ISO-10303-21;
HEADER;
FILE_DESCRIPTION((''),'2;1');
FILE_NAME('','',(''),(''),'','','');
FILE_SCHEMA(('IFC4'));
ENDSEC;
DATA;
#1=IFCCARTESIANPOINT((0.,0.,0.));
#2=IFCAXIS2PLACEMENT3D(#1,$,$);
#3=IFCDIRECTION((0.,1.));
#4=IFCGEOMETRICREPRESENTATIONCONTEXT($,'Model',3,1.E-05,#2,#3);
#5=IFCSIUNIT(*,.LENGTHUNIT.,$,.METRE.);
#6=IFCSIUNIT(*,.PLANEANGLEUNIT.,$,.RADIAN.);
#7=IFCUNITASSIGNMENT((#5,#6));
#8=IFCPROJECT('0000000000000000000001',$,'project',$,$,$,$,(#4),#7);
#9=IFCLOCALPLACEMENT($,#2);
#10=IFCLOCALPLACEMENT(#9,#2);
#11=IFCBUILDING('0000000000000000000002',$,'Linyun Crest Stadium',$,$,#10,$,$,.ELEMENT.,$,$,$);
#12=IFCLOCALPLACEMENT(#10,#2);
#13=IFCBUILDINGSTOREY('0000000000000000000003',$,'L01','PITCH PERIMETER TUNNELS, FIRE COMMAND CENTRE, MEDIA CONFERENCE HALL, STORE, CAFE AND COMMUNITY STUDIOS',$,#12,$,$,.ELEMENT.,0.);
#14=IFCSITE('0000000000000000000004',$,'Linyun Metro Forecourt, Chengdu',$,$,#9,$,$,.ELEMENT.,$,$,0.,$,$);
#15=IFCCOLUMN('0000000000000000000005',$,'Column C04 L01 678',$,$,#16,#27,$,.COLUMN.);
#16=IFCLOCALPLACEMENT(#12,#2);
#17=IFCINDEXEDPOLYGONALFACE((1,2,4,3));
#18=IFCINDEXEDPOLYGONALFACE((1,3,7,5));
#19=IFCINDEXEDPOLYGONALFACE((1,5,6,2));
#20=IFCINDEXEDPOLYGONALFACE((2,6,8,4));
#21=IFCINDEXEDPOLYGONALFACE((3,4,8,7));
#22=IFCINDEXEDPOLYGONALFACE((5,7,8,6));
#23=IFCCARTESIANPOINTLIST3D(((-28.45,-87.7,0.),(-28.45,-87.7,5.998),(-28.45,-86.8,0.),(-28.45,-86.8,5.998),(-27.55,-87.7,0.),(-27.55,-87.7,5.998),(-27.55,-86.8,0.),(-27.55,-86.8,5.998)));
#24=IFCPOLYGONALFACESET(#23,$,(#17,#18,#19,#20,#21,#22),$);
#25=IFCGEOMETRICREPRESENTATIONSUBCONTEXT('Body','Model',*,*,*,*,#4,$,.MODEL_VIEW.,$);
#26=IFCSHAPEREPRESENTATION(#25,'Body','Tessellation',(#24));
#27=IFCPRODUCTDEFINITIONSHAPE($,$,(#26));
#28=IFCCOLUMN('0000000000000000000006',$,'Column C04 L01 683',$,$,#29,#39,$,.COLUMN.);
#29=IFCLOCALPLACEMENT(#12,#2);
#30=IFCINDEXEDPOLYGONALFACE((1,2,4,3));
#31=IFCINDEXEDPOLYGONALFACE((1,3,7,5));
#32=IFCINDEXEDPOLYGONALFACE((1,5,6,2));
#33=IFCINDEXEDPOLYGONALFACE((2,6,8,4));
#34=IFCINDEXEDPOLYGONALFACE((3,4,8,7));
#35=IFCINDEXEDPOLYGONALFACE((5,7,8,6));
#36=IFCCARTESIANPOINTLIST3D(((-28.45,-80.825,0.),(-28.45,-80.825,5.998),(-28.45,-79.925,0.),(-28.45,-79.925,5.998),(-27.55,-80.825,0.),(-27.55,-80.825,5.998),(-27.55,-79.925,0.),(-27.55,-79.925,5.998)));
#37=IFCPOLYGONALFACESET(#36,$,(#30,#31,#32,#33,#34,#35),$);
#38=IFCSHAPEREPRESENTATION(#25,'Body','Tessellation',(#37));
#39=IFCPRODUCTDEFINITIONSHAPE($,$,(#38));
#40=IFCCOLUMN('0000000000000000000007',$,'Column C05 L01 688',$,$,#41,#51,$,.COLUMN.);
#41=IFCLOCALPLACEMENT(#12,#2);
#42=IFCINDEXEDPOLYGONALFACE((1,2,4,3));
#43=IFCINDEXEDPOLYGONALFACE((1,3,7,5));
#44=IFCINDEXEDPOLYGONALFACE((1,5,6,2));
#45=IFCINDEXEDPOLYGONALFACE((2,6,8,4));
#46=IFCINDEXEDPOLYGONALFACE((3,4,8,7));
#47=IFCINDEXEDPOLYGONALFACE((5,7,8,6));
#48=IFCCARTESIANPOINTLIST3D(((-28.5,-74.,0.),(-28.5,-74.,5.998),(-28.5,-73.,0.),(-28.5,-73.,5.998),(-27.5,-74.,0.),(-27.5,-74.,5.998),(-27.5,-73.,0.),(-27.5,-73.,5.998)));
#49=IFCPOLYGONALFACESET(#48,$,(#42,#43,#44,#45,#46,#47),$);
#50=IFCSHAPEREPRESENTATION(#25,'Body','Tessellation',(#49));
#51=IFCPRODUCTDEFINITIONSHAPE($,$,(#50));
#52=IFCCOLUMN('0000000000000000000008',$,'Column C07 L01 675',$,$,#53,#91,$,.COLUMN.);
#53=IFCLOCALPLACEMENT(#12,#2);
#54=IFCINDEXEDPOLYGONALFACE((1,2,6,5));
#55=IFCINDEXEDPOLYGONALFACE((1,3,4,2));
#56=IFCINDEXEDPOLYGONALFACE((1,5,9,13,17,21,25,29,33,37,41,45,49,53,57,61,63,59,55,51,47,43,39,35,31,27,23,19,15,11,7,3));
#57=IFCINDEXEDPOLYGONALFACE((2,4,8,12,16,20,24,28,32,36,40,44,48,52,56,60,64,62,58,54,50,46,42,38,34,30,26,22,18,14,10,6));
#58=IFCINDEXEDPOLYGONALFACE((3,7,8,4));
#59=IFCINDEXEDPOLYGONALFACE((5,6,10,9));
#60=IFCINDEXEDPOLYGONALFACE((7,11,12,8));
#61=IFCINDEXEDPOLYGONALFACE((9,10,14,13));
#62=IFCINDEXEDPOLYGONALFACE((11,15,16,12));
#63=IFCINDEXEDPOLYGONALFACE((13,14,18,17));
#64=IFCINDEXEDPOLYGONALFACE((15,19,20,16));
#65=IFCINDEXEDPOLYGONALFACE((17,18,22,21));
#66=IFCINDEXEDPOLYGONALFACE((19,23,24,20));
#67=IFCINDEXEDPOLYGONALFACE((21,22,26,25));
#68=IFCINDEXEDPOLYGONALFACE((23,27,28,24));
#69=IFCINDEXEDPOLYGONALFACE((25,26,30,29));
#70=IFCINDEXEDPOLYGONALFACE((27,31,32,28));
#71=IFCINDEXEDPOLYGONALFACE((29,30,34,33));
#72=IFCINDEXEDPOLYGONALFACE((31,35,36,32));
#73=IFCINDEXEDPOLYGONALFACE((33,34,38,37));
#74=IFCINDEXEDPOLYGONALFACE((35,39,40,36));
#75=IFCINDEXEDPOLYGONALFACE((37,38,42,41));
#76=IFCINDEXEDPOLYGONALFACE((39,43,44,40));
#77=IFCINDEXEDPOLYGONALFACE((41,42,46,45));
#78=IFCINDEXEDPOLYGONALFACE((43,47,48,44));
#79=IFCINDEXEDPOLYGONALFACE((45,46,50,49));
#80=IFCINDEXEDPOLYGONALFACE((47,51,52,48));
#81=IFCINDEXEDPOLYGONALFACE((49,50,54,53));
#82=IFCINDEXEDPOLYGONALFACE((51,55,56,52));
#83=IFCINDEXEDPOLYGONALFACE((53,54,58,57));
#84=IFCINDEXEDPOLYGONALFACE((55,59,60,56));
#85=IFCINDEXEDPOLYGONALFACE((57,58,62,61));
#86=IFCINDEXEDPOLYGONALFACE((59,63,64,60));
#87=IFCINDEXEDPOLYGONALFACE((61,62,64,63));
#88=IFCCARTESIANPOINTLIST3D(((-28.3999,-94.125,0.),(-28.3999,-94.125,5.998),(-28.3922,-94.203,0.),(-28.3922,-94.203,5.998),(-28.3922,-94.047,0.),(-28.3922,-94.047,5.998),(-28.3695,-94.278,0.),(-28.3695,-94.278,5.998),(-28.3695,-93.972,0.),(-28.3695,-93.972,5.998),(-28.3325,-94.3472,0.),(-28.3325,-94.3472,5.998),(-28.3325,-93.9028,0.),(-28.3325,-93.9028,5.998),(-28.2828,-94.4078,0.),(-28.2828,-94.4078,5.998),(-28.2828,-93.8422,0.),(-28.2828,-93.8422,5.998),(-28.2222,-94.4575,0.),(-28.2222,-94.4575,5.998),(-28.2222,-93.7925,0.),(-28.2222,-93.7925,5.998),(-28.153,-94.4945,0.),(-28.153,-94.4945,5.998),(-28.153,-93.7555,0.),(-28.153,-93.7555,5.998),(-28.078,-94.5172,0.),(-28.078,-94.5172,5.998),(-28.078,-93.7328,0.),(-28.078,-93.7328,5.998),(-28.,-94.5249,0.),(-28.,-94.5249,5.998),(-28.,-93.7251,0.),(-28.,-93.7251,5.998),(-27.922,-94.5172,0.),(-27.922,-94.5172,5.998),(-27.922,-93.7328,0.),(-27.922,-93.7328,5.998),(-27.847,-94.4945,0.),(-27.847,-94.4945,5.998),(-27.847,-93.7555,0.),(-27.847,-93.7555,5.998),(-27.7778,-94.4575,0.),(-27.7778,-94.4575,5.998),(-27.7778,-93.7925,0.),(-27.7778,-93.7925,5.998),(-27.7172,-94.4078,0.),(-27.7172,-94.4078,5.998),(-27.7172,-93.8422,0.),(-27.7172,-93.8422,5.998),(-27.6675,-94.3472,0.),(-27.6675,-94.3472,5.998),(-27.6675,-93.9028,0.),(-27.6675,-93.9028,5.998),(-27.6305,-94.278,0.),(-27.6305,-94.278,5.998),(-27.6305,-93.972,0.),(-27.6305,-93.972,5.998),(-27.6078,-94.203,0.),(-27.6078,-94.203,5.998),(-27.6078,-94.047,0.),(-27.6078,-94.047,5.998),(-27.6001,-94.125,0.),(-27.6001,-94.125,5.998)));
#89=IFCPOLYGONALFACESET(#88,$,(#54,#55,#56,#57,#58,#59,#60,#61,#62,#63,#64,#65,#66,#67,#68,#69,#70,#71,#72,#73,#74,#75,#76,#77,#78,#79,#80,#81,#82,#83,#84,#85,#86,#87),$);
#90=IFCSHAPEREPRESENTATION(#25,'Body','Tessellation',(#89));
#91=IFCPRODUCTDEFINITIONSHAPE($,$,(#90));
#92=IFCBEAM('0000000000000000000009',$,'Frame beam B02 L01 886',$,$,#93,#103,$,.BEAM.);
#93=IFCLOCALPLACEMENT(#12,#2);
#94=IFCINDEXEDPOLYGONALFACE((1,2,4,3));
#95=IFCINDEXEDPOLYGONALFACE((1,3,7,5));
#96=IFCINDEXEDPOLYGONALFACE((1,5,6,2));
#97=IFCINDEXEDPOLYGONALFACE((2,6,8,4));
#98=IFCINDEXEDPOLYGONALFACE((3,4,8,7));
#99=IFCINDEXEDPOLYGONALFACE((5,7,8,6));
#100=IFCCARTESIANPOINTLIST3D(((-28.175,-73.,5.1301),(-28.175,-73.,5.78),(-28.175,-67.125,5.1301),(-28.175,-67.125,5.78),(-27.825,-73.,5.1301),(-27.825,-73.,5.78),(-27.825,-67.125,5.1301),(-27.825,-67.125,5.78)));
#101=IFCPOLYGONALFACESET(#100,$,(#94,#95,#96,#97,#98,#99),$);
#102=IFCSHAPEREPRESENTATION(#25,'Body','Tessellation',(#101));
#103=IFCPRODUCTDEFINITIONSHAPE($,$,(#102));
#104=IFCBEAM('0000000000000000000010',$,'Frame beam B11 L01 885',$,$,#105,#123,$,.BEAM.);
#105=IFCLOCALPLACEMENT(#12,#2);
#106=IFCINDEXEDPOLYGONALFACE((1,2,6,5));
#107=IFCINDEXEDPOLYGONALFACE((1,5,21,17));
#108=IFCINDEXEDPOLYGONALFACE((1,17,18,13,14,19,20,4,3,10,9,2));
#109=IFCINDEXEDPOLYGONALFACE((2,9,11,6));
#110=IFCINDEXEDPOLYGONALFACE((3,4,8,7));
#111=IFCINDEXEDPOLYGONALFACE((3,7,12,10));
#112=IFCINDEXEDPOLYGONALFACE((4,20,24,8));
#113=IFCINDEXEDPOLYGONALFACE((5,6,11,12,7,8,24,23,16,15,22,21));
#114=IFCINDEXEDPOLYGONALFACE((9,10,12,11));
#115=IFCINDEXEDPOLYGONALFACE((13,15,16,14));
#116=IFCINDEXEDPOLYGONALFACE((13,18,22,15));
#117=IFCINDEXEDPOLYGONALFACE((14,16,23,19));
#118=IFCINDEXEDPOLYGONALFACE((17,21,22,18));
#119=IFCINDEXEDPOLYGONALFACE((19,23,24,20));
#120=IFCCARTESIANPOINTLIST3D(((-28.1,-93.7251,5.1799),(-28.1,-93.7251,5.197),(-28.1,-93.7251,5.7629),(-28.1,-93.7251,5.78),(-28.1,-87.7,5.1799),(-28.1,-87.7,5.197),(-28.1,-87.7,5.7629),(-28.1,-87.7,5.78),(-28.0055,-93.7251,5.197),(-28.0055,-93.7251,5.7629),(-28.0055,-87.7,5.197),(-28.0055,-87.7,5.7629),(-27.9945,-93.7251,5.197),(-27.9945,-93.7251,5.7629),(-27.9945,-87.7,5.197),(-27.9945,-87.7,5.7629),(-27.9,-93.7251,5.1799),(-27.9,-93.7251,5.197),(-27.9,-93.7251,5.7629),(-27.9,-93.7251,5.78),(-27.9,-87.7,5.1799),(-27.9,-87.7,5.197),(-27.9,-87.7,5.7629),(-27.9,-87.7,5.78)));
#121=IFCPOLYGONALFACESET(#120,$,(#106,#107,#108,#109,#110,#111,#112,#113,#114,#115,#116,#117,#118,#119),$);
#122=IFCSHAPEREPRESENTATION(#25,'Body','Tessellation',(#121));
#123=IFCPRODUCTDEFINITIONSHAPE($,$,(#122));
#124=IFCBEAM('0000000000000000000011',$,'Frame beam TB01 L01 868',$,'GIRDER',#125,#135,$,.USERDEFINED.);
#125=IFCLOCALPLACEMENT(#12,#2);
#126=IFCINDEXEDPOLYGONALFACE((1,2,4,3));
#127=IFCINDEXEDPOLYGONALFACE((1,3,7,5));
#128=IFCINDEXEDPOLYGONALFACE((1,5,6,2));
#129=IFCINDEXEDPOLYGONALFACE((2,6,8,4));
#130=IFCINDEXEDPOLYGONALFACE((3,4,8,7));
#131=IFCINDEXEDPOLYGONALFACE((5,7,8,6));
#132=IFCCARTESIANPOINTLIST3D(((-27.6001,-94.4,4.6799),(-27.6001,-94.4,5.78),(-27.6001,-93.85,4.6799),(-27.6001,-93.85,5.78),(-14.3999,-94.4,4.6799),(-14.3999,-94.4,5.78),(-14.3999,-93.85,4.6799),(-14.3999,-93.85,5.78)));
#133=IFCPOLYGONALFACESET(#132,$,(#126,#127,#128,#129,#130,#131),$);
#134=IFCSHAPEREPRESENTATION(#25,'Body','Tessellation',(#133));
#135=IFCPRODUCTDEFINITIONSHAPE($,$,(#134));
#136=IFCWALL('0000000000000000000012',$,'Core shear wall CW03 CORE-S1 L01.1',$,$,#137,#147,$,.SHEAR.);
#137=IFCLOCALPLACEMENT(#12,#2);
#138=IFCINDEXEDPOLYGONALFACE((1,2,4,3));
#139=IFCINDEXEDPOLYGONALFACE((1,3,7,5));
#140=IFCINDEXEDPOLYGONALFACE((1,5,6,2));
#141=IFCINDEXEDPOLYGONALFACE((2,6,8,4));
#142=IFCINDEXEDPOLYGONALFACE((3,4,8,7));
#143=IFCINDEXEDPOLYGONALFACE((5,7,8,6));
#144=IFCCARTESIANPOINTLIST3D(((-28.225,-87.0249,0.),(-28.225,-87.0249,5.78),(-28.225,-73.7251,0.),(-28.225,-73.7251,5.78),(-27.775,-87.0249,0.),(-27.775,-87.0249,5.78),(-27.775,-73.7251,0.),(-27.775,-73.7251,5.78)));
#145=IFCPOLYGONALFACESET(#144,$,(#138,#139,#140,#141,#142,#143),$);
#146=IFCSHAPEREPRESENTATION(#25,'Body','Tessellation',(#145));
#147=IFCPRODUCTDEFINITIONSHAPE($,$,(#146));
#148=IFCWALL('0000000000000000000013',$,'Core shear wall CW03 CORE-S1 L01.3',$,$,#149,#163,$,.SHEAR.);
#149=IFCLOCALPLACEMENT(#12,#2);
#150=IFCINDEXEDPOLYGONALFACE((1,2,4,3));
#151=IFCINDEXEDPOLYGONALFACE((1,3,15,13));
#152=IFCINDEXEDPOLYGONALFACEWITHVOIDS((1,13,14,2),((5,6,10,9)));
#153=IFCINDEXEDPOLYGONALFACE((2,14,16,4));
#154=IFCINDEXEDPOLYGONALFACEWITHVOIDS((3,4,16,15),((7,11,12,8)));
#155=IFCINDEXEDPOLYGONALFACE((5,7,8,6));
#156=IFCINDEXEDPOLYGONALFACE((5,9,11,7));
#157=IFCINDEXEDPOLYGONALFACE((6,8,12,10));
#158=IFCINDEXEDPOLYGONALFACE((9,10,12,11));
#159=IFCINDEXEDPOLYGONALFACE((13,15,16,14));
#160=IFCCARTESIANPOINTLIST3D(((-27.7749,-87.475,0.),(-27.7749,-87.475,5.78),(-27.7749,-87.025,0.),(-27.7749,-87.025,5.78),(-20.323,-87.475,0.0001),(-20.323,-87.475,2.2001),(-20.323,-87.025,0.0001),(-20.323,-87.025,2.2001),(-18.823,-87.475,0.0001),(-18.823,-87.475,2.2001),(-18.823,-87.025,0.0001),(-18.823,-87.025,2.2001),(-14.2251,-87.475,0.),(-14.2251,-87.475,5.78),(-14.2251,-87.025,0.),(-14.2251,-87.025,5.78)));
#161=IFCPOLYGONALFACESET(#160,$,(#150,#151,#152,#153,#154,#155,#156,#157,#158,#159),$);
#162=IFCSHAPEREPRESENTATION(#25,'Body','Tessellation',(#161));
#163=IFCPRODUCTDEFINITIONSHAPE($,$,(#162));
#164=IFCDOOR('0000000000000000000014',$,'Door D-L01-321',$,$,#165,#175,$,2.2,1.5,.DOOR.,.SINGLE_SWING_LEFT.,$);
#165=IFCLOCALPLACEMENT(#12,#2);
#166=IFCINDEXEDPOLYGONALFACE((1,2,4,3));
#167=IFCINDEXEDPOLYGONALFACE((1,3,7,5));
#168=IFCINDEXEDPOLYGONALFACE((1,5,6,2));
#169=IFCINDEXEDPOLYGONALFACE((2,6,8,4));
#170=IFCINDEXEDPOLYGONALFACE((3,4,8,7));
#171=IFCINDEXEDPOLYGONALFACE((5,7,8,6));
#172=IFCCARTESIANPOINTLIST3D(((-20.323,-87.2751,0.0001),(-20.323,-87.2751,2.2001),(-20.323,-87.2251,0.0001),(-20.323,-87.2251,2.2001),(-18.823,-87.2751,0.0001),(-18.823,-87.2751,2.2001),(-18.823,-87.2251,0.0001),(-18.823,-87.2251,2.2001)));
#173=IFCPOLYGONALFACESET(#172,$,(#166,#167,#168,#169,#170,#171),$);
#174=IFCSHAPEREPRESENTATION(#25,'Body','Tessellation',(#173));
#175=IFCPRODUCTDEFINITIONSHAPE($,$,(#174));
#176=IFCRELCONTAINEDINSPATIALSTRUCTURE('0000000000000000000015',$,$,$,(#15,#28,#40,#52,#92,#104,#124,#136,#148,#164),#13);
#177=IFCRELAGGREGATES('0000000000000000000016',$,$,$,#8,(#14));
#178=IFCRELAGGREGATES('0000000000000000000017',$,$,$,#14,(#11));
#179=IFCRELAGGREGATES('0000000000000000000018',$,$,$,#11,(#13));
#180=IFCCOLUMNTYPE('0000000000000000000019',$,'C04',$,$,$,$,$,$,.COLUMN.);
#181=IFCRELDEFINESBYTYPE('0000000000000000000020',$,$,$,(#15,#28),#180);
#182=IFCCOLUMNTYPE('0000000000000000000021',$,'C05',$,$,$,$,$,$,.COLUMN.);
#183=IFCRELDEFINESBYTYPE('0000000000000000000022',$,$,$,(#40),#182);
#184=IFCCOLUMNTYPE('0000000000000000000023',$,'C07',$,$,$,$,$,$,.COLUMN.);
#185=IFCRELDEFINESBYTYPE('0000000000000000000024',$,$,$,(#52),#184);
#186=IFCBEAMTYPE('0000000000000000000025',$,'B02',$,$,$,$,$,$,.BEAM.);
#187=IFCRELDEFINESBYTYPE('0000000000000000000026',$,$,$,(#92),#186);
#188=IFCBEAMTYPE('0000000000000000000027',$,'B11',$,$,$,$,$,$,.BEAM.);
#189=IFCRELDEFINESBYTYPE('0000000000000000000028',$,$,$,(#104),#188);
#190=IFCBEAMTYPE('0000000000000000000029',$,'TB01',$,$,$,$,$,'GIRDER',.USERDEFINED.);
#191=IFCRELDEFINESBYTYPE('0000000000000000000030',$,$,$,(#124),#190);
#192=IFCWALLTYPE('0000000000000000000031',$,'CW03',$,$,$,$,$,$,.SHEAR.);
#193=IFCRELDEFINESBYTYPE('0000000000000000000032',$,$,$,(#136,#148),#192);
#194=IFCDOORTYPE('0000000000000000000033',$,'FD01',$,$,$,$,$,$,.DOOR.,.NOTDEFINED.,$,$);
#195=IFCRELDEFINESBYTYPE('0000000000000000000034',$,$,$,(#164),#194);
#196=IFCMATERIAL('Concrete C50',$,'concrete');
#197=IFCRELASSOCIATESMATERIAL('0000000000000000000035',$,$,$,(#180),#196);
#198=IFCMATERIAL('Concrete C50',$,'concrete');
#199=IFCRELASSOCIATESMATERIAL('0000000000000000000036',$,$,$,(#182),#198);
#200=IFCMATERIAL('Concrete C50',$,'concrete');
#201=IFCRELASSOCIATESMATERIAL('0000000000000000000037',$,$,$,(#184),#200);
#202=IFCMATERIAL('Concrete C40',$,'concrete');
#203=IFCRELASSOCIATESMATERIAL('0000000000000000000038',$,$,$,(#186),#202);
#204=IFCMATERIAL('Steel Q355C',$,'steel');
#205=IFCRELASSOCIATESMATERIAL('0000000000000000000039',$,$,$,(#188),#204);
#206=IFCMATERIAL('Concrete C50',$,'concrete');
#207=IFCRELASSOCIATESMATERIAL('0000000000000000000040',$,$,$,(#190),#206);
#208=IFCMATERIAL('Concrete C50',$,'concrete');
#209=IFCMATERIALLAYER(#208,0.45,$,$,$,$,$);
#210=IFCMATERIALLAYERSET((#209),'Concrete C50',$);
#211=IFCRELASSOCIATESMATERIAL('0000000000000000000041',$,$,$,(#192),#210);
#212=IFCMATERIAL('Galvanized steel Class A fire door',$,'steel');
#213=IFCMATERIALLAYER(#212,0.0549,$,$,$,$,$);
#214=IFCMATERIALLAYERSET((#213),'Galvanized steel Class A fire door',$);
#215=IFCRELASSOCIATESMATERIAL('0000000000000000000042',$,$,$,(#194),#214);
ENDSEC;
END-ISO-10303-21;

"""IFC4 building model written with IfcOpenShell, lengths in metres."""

from ifc_helpers import new_model, si_unit, direction, frame, frame_2d, origin, origin_2d, place, context, subcontext, project, spatial, rectangle, circle, i_section, extrude, material, layer, layer_set, material_profile, profile_set, type_object, element, fill, save


model = new_model("IFC4")

# Units and contexts
model_context = context("Model", 3, precision=1e-05, world=origin(), true_north=direction((0.0, 1.0)))
body_context = subcontext(model_context, "Body", "Model", "MODEL_VIEW")
ifc_project = project(units=[si_unit("LENGTHUNIT", "METRE"), si_unit("PLANEANGLEUNIT", "RADIAN")], contexts=[model_context])

# Site, building, storey
site_placement = place(None, origin())
site = spatial("IfcSite", under=ifc_project, at=site_placement, Name="Linyun Metro Forecourt, Chengdu", CompositionType="ELEMENT", RefElevation=0.0)
building_placement = place(site_placement, origin())
building = spatial("IfcBuilding", under=site, at=building_placement, Name="Linyun Crest Stadium", CompositionType="ELEMENT")
storey_placement = place(building_placement, origin())
storey = spatial("IfcBuildingStorey", under=building, at=storey_placement, Name="L01", Description="PITCH PERIMETER TUNNELS, FIRE COMMAND CENTRE, MEDIA CONFERENCE HALL, STORE, CAFE AND COMMUNITY STUDIOS", CompositionType="ELEMENT", Elevation=0.0)

# Columns
ifc_material_1 = material(Name="Concrete C50", Category="concrete")
ifc_material_profile_1 = material_profile(ifc_material_1, rectangle(XDim=0.8999, YDim=0.8999, at=origin_2d()), Name="RC 900x900")
ifc_profile_set_1 = profile_set([ifc_material_profile_1], Name="Concrete C50")
column_type_1 = type_object("IfcColumnType", Name="C04", PredefinedType="COLUMN", material=ifc_profile_set_1)
for number, where, z_axis, x_axis, name in (
    (1, (-28.0, -87.25, 0.0), (0.0, 0.0, 1.0), (1.0, 0.0, 0.0), "Column C04 L01 678"),
    (2, (-28.0, -80.375, 0.0), (0.0, 0.0, 1.0), (1.0, 0.0, 0.0), "Column C04 L01 683"),
):
    element("IfcColumn", number, at=place(storey_placement, frame(where, z_axis=z_axis, x_axis=x_axis)), inside=storey, type_object=column_type_1, Name=name, PredefinedType="COLUMN", context=body_context, shape_type="SweptSolid", body=[
        extrude(rectangle(XDim=0.8999, YDim=0.8999, at=origin_2d()), origin(), (0.0, 0.0, 1.0), 5.998),
    ])
ifc_material_2 = material(Name="Concrete C50", Category="concrete")
ifc_material_profile_2 = material_profile(ifc_material_2, rectangle(XDim=1.0, YDim=1.0, at=origin_2d()), Name="RC 1000x1000")
ifc_profile_set_2 = profile_set([ifc_material_profile_2], Name="Concrete C50")
column_type_2 = type_object("IfcColumnType", Name="C05", PredefinedType="COLUMN", material=ifc_profile_set_2)
column_1_placement = place(storey_placement, frame((-28.0, -73.5, 0.0), z_axis=(0.0, 0.0, 1.0), x_axis=(1.0, 0.0, 0.0)))
element("IfcColumn", 3, at=column_1_placement, inside=storey, type_object=column_type_2, Name="Column C05 L01 688", PredefinedType="COLUMN", context=body_context, shape_type="SweptSolid", body=[
    extrude(rectangle(XDim=1.0, YDim=1.0, at=origin_2d()), origin(), (0.0, 0.0, 1.0), 5.998),
])
ifc_material_3 = material(Name="Concrete C50", Category="concrete")
ifc_material_profile_3 = material_profile(ifc_material_3, circle(Radius=0.3999, at=origin_2d()), Name="RC D800")
ifc_profile_set_3 = profile_set([ifc_material_profile_3], Name="Concrete C50")
column_type_3 = type_object("IfcColumnType", Name="C07", PredefinedType="COLUMN", material=ifc_profile_set_3)
column_2_placement = place(storey_placement, frame((-28.0, -94.125, 0.0), z_axis=(0.0, 0.0, 1.0), x_axis=(1.0, 0.0, 0.0)))
element("IfcColumn", 4, at=column_2_placement, inside=storey, type_object=column_type_3, Name="Column C07 L01 675", PredefinedType="COLUMN", context=body_context, shape_type="SweptSolid", body=[
    extrude(circle(Radius=0.3999, at=origin_2d()), origin(), (0.0, 0.0, 1.0), 5.998),
])

# Beams
ifc_material_4 = material(Name="Concrete C40", Category="concrete")
ifc_material_profile_4 = material_profile(ifc_material_4, rectangle(XDim=0.3501, YDim=0.6499, at=origin_2d()), Name="RCB 650x350")
ifc_profile_set_4 = profile_set([ifc_material_profile_4], Name="Concrete C40")
beam_type_1 = type_object("IfcBeamType", Name="B02", PredefinedType="BEAM", material=ifc_profile_set_4)
beam_1_placement = place(storey_placement, frame((-28.0, -73.0, 5.4551), z_axis=(0.0, 1.0, 0.0), x_axis=(-1.0, 0.0, 0.0)))
element("IfcBeam", 5, at=beam_1_placement, inside=storey, type_object=beam_type_1, Name="Frame beam B02 L01 886", PredefinedType="BEAM", context=body_context, shape_type="SweptSolid", body=[
    extrude(rectangle(XDim=0.3501, YDim=0.6499, at=origin_2d()), origin(), (0.0, 0.0, 1.0), 5.875),
])
ifc_material_5 = material(Name="Steel Q355C", Category="steel")
ifc_material_profile_5 = material_profile(ifc_material_5, i_section(OverallWidth=0.2, OverallDepth=0.6001, WebThickness=0.011, FlangeThickness=0.0171, at=origin_2d()), Name="HN 600x200")
ifc_profile_set_5 = profile_set([ifc_material_profile_5], Name="Steel Q355C")
beam_type_2 = type_object("IfcBeamType", Name="B11", PredefinedType="BEAM", material=ifc_profile_set_5)
beam_2_placement = place(storey_placement, frame((-28.0, -93.7251, 5.48), z_axis=(0.0, 1.0, 0.0), x_axis=(-1.0, 0.0, 0.0)))
element("IfcBeam", 6, at=beam_2_placement, inside=storey, type_object=beam_type_2, Name="Frame beam B11 L01 885", PredefinedType="BEAM", context=body_context, shape_type="SweptSolid", body=[
    extrude(i_section(OverallWidth=0.2, OverallDepth=0.6001, WebThickness=0.011, FlangeThickness=0.0171, at=origin_2d()), origin(), (0.0, 0.0, 1.0), 6.0251),
])
ifc_material_6 = material(Name="Concrete C50", Category="concrete")
ifc_material_profile_6 = material_profile(ifc_material_6, rectangle(XDim=0.55, YDim=1.1001, at=origin_2d()), Name="RCB 1100x550")
ifc_profile_set_6 = profile_set([ifc_material_profile_6], Name="Concrete C50")
beam_type_3 = type_object("IfcBeamType", Name="TB01", ElementType="GIRDER", PredefinedType="USERDEFINED", material=ifc_profile_set_6)
beam_3_placement = place(storey_placement, frame((-27.6001, -94.125, 5.23), z_axis=(1.0, 0.0, 0.0), x_axis=(0.0, 1.0, 0.0)))
element("IfcBeam", 7, at=beam_3_placement, inside=storey, type_object=beam_type_3, Name="Frame beam TB01 L01 868", ObjectType="GIRDER", PredefinedType="USERDEFINED", context=body_context, shape_type="SweptSolid", body=[
    extrude(rectangle(XDim=0.55, YDim=1.1001, at=origin_2d()), origin(), (0.0, 0.0, 1.0), 13.2002),
])

# Wall
ifc_material_7 = material(Name="Concrete C50", Category="concrete")
ifc_layer_1 = layer(ifc_material_7, 0.45)
ifc_layer_set_1 = layer_set([ifc_layer_1], Name="Concrete C50")
wall_type_1 = type_object("IfcWallType", Name="CW03", PredefinedType="SHEAR", material=ifc_layer_set_1)
wall_1_placement = place(storey_placement, frame((-28.0, -87.0249, 0.0), z_axis=(0.0, 0.0, 1.0), x_axis=(0.0, 1.0, 0.0)))
element("IfcWall", 8, at=wall_1_placement, inside=storey, type_object=wall_type_1, Name="Core shear wall CW03 CORE-S1 L01.1", PredefinedType="SHEAR", context=body_context, shape_type="SweptSolid", body=[
    extrude(rectangle(XDim=13.2998, YDim=0.45, at=frame_2d((6.6499, 0.0))), origin(), (0.0, 0.0, 1.0), 5.78),
])

# Wall, opening, door
wall_2_placement = place(storey_placement, frame((-27.7749, -87.25, 0.0), z_axis=(0.0, 0.0, 1.0), x_axis=(1.0, 0.0, 0.0)))
wall_2 = element("IfcWall", 9, at=wall_2_placement, inside=storey, type_object=wall_type_1, Name="Core shear wall CW03 CORE-S1 L01.3", PredefinedType="SHEAR", context=body_context, shape_type="SweptSolid", body=[
    extrude(rectangle(XDim=13.5498, YDim=0.45, at=frame_2d((6.7749, 0.0))), origin(), (0.0, 0.0, 1.0), 5.78),
])
opening_1_placement = place(wall_2_placement, frame((7.4519, 0.0, 0.0)))
opening_1 = element("IfcOpeningElement", 10, at=opening_1_placement, cuts=wall_2, PredefinedType="OPENING", context=body_context, shape_type="SweptSolid", body=[
    extrude(rectangle(XDim=1.5, YDim=2.2, at=frame_2d((0.75, 1.1001))), frame((0.0, 0.2349, 0.0), z_axis=(0.0, -1.0, 0.0), x_axis=(1.0, 0.0, 0.0)), (0.0, 0.0, 1.0), 0.47),
])
ifc_material_8 = material(Name="Galvanized steel Class A fire door", Category="steel")
ifc_layer_2 = layer(ifc_material_8, 0.0549)
ifc_layer_set_2 = layer_set([ifc_layer_2], Name="Galvanized steel Class A fire door")
door_type_1 = type_object("IfcDoorType", Name="FD01", OperationType="NOTDEFINED", PredefinedType="DOOR", material=ifc_layer_set_2)
door_1_placement = place(opening_1_placement, origin())
door_1 = element("IfcDoor", 11, at=door_1_placement, inside=storey, type_object=door_type_1, Name="Door D-L01-321", OperationType="SINGLE_SWING_LEFT", OverallHeight=2.2, OverallWidth=1.5, PredefinedType="DOOR", context=body_context, shape_type="SweptSolid", body=[
    extrude(rectangle(XDim=1.5, YDim=2.2, at=frame_2d((0.75, 1.1001))), frame((0.0, 0.0249, 0.0), z_axis=(0.0, -1.0, 0.0), x_axis=(1.0, 0.0, 0.0)), (0.0, 0.0, 1.0), 0.05),
])
fill(opening_1, door_1)

save(model, "model.ifc")
